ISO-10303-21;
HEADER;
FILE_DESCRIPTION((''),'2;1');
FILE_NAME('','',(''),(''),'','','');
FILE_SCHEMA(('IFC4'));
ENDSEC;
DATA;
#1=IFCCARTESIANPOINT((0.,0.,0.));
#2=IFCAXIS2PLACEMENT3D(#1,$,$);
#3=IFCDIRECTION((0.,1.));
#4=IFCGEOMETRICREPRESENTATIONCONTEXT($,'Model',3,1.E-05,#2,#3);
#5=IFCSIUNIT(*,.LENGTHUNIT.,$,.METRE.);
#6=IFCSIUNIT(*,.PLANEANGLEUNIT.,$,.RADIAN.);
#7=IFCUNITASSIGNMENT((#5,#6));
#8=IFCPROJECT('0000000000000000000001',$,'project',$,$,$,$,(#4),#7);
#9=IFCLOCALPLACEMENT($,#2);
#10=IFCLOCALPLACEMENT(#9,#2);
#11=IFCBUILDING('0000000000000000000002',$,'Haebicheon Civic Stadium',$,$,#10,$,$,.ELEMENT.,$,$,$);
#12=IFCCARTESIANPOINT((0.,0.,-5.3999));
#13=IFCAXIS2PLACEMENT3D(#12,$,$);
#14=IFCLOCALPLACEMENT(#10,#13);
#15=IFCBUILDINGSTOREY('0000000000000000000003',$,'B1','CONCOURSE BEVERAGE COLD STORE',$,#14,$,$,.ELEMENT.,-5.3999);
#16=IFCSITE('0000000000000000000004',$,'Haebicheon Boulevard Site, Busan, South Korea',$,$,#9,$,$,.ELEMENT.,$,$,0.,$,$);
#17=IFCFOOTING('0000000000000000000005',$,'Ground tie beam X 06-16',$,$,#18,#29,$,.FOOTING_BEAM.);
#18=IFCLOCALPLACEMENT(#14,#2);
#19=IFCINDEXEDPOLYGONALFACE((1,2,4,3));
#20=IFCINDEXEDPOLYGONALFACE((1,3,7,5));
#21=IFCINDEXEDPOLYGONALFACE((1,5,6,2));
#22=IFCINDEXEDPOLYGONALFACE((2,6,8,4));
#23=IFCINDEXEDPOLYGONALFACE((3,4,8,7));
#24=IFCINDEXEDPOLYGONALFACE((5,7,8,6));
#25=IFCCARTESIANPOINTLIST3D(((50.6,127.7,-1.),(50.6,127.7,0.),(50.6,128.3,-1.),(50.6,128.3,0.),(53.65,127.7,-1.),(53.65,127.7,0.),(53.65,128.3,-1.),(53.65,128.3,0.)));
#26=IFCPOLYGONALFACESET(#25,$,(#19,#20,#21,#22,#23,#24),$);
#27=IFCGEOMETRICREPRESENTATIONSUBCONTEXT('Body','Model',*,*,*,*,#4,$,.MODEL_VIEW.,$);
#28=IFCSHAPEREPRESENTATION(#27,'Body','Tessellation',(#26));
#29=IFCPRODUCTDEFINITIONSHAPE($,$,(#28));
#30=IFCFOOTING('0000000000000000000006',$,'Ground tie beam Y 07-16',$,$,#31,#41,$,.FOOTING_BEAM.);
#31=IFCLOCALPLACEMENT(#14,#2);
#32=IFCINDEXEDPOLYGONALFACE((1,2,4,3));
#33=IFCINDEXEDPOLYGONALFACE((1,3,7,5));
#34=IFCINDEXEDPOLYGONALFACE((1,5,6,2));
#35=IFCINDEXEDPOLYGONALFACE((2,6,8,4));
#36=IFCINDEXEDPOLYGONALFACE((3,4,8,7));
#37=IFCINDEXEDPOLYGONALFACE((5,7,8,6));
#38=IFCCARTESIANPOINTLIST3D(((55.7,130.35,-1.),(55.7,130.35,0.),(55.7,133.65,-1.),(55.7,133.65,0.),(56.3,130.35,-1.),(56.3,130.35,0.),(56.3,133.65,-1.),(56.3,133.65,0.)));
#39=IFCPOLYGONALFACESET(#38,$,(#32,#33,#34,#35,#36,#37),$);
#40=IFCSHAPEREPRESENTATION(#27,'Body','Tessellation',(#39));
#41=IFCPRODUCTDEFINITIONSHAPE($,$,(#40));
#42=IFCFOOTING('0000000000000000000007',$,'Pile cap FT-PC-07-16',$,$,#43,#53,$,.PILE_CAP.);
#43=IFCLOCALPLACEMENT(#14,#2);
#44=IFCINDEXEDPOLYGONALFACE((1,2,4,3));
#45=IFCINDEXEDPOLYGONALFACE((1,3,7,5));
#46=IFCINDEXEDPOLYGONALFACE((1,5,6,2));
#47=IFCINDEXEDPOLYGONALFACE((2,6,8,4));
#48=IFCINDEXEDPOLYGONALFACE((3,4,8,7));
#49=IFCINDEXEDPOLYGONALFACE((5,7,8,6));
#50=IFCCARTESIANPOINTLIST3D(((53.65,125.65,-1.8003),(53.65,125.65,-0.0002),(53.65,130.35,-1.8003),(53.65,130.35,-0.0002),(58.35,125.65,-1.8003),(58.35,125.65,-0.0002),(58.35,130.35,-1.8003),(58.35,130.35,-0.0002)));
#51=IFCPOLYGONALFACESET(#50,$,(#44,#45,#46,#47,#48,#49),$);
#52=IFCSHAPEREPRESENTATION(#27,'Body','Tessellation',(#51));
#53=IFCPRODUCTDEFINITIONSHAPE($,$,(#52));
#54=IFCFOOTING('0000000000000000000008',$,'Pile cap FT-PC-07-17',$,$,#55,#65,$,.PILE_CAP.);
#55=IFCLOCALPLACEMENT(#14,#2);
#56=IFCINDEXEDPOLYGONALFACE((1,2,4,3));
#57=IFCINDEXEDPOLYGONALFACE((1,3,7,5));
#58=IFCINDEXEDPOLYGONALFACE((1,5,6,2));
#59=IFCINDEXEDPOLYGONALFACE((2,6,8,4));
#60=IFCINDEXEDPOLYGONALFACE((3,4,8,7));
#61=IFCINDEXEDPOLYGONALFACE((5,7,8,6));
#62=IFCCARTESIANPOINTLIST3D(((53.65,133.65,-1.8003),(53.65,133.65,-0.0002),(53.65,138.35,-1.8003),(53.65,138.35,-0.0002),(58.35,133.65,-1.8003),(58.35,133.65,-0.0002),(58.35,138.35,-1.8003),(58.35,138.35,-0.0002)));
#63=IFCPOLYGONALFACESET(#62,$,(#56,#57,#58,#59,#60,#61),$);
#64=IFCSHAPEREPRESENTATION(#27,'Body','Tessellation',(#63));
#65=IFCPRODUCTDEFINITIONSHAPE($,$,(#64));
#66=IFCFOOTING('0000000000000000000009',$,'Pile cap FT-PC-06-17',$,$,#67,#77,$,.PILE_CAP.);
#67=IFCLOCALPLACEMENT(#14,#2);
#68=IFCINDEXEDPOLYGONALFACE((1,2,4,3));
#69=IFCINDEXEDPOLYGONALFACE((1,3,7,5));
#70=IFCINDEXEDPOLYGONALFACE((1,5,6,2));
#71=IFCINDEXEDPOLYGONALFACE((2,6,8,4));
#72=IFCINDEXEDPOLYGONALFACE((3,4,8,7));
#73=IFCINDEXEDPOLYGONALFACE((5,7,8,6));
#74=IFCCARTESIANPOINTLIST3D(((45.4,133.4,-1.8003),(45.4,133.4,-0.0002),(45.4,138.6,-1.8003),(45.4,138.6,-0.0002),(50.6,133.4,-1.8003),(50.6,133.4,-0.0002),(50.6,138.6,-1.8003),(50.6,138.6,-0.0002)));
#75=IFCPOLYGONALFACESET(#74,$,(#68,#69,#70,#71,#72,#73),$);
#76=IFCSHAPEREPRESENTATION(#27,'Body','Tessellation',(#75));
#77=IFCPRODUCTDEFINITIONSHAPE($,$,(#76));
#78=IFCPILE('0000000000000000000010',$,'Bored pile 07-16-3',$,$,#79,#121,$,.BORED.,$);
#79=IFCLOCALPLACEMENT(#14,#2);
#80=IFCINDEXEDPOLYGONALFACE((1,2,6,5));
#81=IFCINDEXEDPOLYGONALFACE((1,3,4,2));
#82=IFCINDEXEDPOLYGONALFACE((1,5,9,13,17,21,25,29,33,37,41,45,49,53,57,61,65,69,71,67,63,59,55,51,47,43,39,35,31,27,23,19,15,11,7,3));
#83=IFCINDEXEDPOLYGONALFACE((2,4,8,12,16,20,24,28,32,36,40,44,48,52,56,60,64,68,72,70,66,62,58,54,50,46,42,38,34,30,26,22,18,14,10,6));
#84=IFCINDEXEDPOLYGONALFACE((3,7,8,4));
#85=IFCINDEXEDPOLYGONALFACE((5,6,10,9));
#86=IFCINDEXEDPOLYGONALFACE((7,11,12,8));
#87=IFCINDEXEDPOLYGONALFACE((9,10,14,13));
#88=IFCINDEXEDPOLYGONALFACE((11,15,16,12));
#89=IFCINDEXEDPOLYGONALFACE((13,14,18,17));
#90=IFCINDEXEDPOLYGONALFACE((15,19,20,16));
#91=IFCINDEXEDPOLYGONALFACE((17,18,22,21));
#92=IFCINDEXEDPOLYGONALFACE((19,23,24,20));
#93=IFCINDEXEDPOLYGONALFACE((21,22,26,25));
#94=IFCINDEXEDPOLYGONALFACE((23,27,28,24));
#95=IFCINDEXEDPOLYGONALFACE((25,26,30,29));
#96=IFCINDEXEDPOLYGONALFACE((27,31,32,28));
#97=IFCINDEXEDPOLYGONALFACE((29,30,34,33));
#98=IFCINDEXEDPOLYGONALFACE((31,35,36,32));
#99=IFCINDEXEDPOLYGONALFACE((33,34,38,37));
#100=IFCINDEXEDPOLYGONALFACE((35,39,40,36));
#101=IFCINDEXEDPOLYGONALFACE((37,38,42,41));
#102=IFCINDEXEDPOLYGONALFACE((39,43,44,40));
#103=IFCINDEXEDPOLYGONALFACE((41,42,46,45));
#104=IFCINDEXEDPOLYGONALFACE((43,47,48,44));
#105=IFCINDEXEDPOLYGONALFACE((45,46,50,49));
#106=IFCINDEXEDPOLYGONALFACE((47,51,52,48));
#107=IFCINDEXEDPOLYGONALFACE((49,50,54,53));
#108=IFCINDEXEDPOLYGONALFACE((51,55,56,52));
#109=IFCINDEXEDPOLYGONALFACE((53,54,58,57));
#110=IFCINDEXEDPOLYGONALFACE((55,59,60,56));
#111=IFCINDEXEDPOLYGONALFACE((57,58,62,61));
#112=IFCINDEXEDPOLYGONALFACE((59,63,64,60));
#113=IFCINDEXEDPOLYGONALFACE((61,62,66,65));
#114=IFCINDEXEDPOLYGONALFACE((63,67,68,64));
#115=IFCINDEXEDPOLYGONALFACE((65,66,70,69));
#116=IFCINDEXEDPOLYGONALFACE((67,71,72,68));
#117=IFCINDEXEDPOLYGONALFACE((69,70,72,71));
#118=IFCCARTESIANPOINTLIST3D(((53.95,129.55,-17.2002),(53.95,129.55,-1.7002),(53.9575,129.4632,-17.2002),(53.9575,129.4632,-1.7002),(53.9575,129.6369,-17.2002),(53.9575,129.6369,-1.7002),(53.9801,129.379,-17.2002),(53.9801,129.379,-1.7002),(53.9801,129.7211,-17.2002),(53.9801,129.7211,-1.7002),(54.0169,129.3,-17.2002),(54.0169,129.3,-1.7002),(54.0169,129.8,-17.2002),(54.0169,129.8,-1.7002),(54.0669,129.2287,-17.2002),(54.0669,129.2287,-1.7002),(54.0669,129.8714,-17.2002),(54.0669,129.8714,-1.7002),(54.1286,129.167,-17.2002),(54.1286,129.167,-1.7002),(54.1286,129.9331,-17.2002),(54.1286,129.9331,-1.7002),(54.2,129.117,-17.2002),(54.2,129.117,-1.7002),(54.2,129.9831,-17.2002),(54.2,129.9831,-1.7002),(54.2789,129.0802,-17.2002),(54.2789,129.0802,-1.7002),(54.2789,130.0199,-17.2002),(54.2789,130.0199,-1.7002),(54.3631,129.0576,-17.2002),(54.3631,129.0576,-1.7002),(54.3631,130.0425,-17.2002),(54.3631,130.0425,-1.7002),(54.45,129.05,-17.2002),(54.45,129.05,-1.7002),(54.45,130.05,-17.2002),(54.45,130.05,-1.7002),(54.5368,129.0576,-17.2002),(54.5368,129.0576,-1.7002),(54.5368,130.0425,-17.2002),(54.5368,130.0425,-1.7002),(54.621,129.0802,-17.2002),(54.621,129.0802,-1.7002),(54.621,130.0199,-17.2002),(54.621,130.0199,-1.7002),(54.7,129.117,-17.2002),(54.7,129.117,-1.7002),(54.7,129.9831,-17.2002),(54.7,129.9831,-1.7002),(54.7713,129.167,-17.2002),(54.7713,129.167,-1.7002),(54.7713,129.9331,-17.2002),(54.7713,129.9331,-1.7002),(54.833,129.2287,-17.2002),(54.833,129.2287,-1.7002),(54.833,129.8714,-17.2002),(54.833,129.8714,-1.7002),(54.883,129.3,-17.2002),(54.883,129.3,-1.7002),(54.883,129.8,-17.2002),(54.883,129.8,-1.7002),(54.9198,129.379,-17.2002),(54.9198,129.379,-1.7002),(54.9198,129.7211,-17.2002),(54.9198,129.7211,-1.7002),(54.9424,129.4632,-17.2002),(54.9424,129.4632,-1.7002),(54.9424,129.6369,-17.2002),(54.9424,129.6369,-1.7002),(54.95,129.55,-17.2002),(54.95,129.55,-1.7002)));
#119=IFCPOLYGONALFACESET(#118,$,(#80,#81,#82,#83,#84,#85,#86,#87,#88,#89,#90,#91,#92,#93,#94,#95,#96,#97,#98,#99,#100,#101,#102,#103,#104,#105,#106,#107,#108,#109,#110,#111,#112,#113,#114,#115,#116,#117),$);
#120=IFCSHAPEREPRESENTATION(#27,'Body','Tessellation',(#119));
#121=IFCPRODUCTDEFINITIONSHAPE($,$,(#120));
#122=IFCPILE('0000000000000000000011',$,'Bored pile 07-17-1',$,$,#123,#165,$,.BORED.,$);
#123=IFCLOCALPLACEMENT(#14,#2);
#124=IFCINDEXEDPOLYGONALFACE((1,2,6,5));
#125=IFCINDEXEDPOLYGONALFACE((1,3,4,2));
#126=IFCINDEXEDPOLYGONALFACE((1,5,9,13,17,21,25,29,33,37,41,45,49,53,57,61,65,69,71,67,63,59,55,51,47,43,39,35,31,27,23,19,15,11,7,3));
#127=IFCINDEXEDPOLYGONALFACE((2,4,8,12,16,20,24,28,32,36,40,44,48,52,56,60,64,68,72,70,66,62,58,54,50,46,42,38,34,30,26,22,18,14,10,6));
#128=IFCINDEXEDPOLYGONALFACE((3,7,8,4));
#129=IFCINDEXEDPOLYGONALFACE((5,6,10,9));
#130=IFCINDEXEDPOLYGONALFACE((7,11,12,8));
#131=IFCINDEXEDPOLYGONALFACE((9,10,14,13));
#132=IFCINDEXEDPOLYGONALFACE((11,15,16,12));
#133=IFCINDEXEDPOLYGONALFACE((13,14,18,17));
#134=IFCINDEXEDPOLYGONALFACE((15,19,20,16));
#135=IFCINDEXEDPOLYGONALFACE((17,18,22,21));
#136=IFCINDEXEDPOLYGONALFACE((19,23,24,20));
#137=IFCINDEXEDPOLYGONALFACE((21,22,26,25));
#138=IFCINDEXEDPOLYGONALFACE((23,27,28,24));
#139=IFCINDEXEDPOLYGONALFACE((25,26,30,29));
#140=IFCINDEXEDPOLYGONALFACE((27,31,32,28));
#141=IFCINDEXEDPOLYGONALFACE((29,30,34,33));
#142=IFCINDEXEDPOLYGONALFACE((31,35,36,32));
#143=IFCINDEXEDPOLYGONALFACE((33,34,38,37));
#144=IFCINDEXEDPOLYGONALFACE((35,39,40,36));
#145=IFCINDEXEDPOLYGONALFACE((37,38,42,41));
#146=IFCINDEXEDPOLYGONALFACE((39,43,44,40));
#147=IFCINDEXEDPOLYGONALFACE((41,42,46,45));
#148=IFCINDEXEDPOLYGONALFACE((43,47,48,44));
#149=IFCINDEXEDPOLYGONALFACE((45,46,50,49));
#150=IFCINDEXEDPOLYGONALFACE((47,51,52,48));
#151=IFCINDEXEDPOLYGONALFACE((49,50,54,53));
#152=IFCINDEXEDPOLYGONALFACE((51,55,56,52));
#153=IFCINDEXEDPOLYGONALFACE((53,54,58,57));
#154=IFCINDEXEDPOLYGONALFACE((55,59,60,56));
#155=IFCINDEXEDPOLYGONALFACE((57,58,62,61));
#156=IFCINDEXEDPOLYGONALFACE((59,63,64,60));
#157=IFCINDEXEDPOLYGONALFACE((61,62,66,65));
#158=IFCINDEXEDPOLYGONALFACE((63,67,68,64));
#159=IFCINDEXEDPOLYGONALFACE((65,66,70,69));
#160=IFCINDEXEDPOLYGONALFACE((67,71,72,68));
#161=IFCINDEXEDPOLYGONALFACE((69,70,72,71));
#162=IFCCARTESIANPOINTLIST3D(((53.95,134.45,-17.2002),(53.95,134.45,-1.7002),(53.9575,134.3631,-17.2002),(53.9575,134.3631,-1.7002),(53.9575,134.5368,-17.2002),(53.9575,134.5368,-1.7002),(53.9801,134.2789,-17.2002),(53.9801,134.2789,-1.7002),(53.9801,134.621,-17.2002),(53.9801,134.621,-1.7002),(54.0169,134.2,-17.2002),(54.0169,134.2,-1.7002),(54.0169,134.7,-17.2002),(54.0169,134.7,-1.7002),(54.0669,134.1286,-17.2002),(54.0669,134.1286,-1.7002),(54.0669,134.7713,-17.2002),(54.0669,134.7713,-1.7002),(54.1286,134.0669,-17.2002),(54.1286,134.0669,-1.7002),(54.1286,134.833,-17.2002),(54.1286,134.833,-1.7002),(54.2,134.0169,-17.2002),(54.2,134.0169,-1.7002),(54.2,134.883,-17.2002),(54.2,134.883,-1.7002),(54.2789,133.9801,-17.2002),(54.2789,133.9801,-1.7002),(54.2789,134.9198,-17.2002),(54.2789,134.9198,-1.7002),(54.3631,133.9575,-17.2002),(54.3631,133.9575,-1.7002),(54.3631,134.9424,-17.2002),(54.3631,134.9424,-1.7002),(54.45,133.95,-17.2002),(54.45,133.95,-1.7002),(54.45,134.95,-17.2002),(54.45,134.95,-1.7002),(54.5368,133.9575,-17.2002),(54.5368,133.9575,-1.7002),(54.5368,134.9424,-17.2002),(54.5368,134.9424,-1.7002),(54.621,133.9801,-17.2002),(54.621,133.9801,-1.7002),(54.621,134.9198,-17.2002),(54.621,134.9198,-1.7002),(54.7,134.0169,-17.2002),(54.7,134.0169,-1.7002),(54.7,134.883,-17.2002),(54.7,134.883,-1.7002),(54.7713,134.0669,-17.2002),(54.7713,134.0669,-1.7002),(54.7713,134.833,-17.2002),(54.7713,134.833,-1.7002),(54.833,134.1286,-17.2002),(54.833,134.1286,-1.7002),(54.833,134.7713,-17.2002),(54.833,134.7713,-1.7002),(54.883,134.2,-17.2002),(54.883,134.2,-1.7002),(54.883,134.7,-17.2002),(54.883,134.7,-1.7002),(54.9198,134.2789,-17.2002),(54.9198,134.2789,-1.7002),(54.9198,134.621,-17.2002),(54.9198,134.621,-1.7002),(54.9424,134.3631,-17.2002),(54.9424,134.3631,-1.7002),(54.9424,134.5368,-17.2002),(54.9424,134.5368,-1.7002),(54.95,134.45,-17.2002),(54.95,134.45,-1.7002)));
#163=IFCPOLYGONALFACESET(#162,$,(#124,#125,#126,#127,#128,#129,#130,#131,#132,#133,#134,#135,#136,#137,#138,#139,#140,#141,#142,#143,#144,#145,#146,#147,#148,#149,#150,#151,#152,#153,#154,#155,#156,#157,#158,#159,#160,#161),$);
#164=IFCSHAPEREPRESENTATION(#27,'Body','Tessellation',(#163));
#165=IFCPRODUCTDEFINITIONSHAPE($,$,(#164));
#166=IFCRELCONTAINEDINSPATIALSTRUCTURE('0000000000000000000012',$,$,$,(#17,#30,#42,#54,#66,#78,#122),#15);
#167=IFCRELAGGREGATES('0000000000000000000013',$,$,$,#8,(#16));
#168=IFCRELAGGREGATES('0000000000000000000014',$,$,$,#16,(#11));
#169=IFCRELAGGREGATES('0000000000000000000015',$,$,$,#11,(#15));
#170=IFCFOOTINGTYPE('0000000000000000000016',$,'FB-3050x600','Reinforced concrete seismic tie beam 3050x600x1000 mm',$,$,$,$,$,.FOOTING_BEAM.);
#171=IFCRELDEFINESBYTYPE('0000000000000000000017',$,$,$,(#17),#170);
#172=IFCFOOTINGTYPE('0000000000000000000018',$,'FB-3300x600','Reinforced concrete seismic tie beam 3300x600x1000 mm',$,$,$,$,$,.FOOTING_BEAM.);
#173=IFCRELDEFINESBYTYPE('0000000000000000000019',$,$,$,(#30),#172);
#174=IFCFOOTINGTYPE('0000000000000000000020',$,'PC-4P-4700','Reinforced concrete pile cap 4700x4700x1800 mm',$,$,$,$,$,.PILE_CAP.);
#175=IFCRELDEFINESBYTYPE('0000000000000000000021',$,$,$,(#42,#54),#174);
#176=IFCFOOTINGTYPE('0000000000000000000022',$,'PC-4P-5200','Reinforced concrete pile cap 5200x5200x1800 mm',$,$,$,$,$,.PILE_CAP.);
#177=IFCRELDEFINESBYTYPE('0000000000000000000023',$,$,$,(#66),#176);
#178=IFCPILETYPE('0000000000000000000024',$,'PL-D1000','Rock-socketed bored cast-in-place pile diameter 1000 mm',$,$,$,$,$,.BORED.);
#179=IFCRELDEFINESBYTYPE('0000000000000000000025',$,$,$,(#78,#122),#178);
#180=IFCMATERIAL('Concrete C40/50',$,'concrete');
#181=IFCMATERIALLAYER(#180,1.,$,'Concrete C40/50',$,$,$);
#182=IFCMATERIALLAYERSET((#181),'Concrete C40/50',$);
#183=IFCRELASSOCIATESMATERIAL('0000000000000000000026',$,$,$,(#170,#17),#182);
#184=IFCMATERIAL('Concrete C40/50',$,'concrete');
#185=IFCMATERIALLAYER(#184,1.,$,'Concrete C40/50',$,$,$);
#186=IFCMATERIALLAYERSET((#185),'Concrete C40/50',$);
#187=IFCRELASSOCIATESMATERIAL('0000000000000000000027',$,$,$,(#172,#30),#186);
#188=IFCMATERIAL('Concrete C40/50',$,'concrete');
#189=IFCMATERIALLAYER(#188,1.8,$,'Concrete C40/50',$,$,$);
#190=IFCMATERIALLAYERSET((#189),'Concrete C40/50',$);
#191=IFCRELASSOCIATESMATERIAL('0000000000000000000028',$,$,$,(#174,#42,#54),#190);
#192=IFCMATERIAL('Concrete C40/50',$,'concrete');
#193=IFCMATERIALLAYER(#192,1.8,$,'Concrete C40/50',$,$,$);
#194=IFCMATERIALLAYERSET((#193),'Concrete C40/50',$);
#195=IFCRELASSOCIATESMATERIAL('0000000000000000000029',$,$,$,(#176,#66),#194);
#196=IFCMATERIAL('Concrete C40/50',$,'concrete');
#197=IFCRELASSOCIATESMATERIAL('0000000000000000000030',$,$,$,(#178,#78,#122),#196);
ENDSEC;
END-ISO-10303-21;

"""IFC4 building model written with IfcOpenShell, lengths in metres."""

from ifc_helpers import new_model, si_unit, direction, frame, origin, origin_2d, place, context, subcontext, project, spatial, rectangle, circle, extrude, material, layer, layer_set, material_profile, profile_set, type_object, element, save


model = new_model("IFC4")

# Units and contexts
model_context = context("Model", 3, precision=1e-05, world=origin(), true_north=direction((0.0, 1.0)))
body_context = subcontext(model_context, "Body", "Model", "MODEL_VIEW")
ifc_project = project(units=[si_unit("LENGTHUNIT", "METRE"), si_unit("PLANEANGLEUNIT", "RADIAN")], contexts=[model_context])

# Site, building, storey
site_placement = place(None, origin())
site = spatial("IfcSite", under=ifc_project, at=site_placement, Name="Haebicheon Boulevard Site, Busan, South Korea", CompositionType="ELEMENT", RefElevation=0.0)
building_placement = place(site_placement, origin())
building = spatial("IfcBuilding", under=site, at=building_placement, Name="Haebicheon Civic Stadium", CompositionType="ELEMENT")
storey_placement = place(building_placement, frame((0.0, 0.0, -5.3999)))
storey = spatial("IfcBuildingStorey", under=building, at=storey_placement, Name="B1", Description="CONCOURSE BEVERAGE COLD STORE", CompositionType="ELEMENT", Elevation=-5.3999)

# Footings
ifc_material_1 = material(Name="Concrete C40/50", Category="concrete")
ifc_layer_1 = layer(ifc_material_1, 1.0, Name="Concrete C40/50")
ifc_layer_set_1 = layer_set([ifc_layer_1], Name="Concrete C40/50")
footing_type_1 = type_object("IfcFootingType", Name="FB-3050x600", Description="Reinforced concrete seismic tie beam 3050x600x1000 mm", PredefinedType="FOOTING_BEAM", material=ifc_layer_set_1)
footing_1_placement = place(storey_placement, frame((52.125, 128.0, -1.0), z_axis=(0.0, 0.0, 1.0), x_axis=(1.0, 0.0, 0.0)))
element("IfcFooting", 1, at=footing_1_placement, inside=storey, type_object=footing_type_1, material=ifc_layer_set_1, Name="Ground tie beam X 06-16", PredefinedType="FOOTING_BEAM", context=body_context, shape_type="SweptSolid", body=[
    extrude(rectangle(XDim=3.05, YDim=0.6001, at=origin_2d()), origin(), (0.0, 0.0, 1.0), 1.0),
])
ifc_material_2 = material(Name="Concrete C40/50", Category="concrete")
ifc_layer_2 = layer(ifc_material_2, 1.0, Name="Concrete C40/50")
ifc_layer_set_2 = layer_set([ifc_layer_2], Name="Concrete C40/50")
footing_type_2 = type_object("IfcFootingType", Name="FB-3300x600", Description="Reinforced concrete seismic tie beam 3300x600x1000 mm", PredefinedType="FOOTING_BEAM", material=ifc_layer_set_2)
footing_2_placement = place(storey_placement, frame((56.0, 132.0, -1.0), z_axis=(0.0, 0.0, 1.0), x_axis=(0.0, 1.0, 0.0)))
element("IfcFooting", 2, at=footing_2_placement, inside=storey, type_object=footing_type_2, material=ifc_layer_set_2, Name="Ground tie beam Y 07-16", PredefinedType="FOOTING_BEAM", context=body_context, shape_type="SweptSolid", body=[
    extrude(rectangle(XDim=3.3, YDim=0.6001, at=origin_2d()), origin(), (0.0, 0.0, 1.0), 1.0),
])
ifc_material_3 = material(Name="Concrete C40/50", Category="concrete")
ifc_layer_3 = layer(ifc_material_3, 1.8, Name="Concrete C40/50")
ifc_layer_set_3 = layer_set([ifc_layer_3], Name="Concrete C40/50")
footing_type_3 = type_object("IfcFootingType", Name="PC-4P-4700", Description="Reinforced concrete pile cap 4700x4700x1800 mm", PredefinedType="PILE_CAP", material=ifc_layer_set_3)
for number, where, z_axis, x_axis, name in (
    (3, (56.0, 128.0, -1.8003), (0.0, 0.0, 1.0), (1.0, 0.0, 0.0), "Pile cap FT-PC-07-16"),
    (4, (56.0, 136.0, -1.8003), (0.0, 0.0, 1.0), (1.0, 0.0, 0.0), "Pile cap FT-PC-07-17"),
):
    element("IfcFooting", number, at=place(storey_placement, frame(where, z_axis=z_axis, x_axis=x_axis)), inside=storey, type_object=footing_type_3, material=ifc_layer_set_3, Name=name, PredefinedType="PILE_CAP", context=body_context, shape_type="SweptSolid", body=[
        extrude(rectangle(XDim=4.7, YDim=4.7, at=origin_2d()), origin(), (0.0, 0.0, 1.0), 1.8),
    ])
ifc_material_4 = material(Name="Concrete C40/50", Category="concrete")
ifc_layer_4 = layer(ifc_material_4, 1.8, Name="Concrete C40/50")
ifc_layer_set_4 = layer_set([ifc_layer_4], Name="Concrete C40/50")
footing_type_4 = type_object("IfcFootingType", Name="PC-4P-5200", Description="Reinforced concrete pile cap 5200x5200x1800 mm", PredefinedType="PILE_CAP", material=ifc_layer_set_4)
footing_3_placement = place(storey_placement, frame((48.0, 136.0, -1.8003), z_axis=(0.0, 0.0, 1.0), x_axis=(1.0, 0.0, 0.0)))
element("IfcFooting", 5, at=footing_3_placement, inside=storey, type_object=footing_type_4, material=ifc_layer_set_4, Name="Pile cap FT-PC-06-17", PredefinedType="PILE_CAP", context=body_context, shape_type="SweptSolid", body=[
    extrude(rectangle(XDim=5.2, YDim=5.2, at=origin_2d()), origin(), (0.0, 0.0, 1.0), 1.8),
])

# Piles
ifc_material_5 = material(Name="Concrete C40/50", Category="concrete")
ifc_material_profile_1 = material_profile(ifc_material_5, circle(Radius=0.5, at=origin_2d()), Name="PILE-D1000")
ifc_profile_set_1 = profile_set([ifc_material_profile_1], Name="Concrete C40/50")
pile_type_1 = type_object("IfcPileType", Name="PL-D1000", Description="Rock-socketed bored cast-in-place pile diameter 1000 mm", PredefinedType="BORED", material=ifc_profile_set_1)
for number, where, z_axis, x_axis, name in (
    (6, (54.45, 129.55, -1.7002), (0.0, 0.0, -1.0), (1.0, 0.0, 0.0), "Bored pile 07-16-3"),
    (7, (54.45, 134.45, -1.7002), (0.0, 0.0, -1.0), (1.0, 0.0, 0.0), "Bored pile 07-17-1"),
):
    element("IfcPile", number, at=place(storey_placement, frame(where, z_axis=z_axis, x_axis=x_axis)), inside=storey, type_object=pile_type_1, material=ifc_profile_set_1, Name=name, PredefinedType="BORED", context=body_context, shape_type="SweptSolid", body=[
        extrude(circle(Radius=0.5, at=origin_2d()), origin(), (0.0, 0.0, 1.0), 15.5),
    ])

save(model, "model.ifc")
